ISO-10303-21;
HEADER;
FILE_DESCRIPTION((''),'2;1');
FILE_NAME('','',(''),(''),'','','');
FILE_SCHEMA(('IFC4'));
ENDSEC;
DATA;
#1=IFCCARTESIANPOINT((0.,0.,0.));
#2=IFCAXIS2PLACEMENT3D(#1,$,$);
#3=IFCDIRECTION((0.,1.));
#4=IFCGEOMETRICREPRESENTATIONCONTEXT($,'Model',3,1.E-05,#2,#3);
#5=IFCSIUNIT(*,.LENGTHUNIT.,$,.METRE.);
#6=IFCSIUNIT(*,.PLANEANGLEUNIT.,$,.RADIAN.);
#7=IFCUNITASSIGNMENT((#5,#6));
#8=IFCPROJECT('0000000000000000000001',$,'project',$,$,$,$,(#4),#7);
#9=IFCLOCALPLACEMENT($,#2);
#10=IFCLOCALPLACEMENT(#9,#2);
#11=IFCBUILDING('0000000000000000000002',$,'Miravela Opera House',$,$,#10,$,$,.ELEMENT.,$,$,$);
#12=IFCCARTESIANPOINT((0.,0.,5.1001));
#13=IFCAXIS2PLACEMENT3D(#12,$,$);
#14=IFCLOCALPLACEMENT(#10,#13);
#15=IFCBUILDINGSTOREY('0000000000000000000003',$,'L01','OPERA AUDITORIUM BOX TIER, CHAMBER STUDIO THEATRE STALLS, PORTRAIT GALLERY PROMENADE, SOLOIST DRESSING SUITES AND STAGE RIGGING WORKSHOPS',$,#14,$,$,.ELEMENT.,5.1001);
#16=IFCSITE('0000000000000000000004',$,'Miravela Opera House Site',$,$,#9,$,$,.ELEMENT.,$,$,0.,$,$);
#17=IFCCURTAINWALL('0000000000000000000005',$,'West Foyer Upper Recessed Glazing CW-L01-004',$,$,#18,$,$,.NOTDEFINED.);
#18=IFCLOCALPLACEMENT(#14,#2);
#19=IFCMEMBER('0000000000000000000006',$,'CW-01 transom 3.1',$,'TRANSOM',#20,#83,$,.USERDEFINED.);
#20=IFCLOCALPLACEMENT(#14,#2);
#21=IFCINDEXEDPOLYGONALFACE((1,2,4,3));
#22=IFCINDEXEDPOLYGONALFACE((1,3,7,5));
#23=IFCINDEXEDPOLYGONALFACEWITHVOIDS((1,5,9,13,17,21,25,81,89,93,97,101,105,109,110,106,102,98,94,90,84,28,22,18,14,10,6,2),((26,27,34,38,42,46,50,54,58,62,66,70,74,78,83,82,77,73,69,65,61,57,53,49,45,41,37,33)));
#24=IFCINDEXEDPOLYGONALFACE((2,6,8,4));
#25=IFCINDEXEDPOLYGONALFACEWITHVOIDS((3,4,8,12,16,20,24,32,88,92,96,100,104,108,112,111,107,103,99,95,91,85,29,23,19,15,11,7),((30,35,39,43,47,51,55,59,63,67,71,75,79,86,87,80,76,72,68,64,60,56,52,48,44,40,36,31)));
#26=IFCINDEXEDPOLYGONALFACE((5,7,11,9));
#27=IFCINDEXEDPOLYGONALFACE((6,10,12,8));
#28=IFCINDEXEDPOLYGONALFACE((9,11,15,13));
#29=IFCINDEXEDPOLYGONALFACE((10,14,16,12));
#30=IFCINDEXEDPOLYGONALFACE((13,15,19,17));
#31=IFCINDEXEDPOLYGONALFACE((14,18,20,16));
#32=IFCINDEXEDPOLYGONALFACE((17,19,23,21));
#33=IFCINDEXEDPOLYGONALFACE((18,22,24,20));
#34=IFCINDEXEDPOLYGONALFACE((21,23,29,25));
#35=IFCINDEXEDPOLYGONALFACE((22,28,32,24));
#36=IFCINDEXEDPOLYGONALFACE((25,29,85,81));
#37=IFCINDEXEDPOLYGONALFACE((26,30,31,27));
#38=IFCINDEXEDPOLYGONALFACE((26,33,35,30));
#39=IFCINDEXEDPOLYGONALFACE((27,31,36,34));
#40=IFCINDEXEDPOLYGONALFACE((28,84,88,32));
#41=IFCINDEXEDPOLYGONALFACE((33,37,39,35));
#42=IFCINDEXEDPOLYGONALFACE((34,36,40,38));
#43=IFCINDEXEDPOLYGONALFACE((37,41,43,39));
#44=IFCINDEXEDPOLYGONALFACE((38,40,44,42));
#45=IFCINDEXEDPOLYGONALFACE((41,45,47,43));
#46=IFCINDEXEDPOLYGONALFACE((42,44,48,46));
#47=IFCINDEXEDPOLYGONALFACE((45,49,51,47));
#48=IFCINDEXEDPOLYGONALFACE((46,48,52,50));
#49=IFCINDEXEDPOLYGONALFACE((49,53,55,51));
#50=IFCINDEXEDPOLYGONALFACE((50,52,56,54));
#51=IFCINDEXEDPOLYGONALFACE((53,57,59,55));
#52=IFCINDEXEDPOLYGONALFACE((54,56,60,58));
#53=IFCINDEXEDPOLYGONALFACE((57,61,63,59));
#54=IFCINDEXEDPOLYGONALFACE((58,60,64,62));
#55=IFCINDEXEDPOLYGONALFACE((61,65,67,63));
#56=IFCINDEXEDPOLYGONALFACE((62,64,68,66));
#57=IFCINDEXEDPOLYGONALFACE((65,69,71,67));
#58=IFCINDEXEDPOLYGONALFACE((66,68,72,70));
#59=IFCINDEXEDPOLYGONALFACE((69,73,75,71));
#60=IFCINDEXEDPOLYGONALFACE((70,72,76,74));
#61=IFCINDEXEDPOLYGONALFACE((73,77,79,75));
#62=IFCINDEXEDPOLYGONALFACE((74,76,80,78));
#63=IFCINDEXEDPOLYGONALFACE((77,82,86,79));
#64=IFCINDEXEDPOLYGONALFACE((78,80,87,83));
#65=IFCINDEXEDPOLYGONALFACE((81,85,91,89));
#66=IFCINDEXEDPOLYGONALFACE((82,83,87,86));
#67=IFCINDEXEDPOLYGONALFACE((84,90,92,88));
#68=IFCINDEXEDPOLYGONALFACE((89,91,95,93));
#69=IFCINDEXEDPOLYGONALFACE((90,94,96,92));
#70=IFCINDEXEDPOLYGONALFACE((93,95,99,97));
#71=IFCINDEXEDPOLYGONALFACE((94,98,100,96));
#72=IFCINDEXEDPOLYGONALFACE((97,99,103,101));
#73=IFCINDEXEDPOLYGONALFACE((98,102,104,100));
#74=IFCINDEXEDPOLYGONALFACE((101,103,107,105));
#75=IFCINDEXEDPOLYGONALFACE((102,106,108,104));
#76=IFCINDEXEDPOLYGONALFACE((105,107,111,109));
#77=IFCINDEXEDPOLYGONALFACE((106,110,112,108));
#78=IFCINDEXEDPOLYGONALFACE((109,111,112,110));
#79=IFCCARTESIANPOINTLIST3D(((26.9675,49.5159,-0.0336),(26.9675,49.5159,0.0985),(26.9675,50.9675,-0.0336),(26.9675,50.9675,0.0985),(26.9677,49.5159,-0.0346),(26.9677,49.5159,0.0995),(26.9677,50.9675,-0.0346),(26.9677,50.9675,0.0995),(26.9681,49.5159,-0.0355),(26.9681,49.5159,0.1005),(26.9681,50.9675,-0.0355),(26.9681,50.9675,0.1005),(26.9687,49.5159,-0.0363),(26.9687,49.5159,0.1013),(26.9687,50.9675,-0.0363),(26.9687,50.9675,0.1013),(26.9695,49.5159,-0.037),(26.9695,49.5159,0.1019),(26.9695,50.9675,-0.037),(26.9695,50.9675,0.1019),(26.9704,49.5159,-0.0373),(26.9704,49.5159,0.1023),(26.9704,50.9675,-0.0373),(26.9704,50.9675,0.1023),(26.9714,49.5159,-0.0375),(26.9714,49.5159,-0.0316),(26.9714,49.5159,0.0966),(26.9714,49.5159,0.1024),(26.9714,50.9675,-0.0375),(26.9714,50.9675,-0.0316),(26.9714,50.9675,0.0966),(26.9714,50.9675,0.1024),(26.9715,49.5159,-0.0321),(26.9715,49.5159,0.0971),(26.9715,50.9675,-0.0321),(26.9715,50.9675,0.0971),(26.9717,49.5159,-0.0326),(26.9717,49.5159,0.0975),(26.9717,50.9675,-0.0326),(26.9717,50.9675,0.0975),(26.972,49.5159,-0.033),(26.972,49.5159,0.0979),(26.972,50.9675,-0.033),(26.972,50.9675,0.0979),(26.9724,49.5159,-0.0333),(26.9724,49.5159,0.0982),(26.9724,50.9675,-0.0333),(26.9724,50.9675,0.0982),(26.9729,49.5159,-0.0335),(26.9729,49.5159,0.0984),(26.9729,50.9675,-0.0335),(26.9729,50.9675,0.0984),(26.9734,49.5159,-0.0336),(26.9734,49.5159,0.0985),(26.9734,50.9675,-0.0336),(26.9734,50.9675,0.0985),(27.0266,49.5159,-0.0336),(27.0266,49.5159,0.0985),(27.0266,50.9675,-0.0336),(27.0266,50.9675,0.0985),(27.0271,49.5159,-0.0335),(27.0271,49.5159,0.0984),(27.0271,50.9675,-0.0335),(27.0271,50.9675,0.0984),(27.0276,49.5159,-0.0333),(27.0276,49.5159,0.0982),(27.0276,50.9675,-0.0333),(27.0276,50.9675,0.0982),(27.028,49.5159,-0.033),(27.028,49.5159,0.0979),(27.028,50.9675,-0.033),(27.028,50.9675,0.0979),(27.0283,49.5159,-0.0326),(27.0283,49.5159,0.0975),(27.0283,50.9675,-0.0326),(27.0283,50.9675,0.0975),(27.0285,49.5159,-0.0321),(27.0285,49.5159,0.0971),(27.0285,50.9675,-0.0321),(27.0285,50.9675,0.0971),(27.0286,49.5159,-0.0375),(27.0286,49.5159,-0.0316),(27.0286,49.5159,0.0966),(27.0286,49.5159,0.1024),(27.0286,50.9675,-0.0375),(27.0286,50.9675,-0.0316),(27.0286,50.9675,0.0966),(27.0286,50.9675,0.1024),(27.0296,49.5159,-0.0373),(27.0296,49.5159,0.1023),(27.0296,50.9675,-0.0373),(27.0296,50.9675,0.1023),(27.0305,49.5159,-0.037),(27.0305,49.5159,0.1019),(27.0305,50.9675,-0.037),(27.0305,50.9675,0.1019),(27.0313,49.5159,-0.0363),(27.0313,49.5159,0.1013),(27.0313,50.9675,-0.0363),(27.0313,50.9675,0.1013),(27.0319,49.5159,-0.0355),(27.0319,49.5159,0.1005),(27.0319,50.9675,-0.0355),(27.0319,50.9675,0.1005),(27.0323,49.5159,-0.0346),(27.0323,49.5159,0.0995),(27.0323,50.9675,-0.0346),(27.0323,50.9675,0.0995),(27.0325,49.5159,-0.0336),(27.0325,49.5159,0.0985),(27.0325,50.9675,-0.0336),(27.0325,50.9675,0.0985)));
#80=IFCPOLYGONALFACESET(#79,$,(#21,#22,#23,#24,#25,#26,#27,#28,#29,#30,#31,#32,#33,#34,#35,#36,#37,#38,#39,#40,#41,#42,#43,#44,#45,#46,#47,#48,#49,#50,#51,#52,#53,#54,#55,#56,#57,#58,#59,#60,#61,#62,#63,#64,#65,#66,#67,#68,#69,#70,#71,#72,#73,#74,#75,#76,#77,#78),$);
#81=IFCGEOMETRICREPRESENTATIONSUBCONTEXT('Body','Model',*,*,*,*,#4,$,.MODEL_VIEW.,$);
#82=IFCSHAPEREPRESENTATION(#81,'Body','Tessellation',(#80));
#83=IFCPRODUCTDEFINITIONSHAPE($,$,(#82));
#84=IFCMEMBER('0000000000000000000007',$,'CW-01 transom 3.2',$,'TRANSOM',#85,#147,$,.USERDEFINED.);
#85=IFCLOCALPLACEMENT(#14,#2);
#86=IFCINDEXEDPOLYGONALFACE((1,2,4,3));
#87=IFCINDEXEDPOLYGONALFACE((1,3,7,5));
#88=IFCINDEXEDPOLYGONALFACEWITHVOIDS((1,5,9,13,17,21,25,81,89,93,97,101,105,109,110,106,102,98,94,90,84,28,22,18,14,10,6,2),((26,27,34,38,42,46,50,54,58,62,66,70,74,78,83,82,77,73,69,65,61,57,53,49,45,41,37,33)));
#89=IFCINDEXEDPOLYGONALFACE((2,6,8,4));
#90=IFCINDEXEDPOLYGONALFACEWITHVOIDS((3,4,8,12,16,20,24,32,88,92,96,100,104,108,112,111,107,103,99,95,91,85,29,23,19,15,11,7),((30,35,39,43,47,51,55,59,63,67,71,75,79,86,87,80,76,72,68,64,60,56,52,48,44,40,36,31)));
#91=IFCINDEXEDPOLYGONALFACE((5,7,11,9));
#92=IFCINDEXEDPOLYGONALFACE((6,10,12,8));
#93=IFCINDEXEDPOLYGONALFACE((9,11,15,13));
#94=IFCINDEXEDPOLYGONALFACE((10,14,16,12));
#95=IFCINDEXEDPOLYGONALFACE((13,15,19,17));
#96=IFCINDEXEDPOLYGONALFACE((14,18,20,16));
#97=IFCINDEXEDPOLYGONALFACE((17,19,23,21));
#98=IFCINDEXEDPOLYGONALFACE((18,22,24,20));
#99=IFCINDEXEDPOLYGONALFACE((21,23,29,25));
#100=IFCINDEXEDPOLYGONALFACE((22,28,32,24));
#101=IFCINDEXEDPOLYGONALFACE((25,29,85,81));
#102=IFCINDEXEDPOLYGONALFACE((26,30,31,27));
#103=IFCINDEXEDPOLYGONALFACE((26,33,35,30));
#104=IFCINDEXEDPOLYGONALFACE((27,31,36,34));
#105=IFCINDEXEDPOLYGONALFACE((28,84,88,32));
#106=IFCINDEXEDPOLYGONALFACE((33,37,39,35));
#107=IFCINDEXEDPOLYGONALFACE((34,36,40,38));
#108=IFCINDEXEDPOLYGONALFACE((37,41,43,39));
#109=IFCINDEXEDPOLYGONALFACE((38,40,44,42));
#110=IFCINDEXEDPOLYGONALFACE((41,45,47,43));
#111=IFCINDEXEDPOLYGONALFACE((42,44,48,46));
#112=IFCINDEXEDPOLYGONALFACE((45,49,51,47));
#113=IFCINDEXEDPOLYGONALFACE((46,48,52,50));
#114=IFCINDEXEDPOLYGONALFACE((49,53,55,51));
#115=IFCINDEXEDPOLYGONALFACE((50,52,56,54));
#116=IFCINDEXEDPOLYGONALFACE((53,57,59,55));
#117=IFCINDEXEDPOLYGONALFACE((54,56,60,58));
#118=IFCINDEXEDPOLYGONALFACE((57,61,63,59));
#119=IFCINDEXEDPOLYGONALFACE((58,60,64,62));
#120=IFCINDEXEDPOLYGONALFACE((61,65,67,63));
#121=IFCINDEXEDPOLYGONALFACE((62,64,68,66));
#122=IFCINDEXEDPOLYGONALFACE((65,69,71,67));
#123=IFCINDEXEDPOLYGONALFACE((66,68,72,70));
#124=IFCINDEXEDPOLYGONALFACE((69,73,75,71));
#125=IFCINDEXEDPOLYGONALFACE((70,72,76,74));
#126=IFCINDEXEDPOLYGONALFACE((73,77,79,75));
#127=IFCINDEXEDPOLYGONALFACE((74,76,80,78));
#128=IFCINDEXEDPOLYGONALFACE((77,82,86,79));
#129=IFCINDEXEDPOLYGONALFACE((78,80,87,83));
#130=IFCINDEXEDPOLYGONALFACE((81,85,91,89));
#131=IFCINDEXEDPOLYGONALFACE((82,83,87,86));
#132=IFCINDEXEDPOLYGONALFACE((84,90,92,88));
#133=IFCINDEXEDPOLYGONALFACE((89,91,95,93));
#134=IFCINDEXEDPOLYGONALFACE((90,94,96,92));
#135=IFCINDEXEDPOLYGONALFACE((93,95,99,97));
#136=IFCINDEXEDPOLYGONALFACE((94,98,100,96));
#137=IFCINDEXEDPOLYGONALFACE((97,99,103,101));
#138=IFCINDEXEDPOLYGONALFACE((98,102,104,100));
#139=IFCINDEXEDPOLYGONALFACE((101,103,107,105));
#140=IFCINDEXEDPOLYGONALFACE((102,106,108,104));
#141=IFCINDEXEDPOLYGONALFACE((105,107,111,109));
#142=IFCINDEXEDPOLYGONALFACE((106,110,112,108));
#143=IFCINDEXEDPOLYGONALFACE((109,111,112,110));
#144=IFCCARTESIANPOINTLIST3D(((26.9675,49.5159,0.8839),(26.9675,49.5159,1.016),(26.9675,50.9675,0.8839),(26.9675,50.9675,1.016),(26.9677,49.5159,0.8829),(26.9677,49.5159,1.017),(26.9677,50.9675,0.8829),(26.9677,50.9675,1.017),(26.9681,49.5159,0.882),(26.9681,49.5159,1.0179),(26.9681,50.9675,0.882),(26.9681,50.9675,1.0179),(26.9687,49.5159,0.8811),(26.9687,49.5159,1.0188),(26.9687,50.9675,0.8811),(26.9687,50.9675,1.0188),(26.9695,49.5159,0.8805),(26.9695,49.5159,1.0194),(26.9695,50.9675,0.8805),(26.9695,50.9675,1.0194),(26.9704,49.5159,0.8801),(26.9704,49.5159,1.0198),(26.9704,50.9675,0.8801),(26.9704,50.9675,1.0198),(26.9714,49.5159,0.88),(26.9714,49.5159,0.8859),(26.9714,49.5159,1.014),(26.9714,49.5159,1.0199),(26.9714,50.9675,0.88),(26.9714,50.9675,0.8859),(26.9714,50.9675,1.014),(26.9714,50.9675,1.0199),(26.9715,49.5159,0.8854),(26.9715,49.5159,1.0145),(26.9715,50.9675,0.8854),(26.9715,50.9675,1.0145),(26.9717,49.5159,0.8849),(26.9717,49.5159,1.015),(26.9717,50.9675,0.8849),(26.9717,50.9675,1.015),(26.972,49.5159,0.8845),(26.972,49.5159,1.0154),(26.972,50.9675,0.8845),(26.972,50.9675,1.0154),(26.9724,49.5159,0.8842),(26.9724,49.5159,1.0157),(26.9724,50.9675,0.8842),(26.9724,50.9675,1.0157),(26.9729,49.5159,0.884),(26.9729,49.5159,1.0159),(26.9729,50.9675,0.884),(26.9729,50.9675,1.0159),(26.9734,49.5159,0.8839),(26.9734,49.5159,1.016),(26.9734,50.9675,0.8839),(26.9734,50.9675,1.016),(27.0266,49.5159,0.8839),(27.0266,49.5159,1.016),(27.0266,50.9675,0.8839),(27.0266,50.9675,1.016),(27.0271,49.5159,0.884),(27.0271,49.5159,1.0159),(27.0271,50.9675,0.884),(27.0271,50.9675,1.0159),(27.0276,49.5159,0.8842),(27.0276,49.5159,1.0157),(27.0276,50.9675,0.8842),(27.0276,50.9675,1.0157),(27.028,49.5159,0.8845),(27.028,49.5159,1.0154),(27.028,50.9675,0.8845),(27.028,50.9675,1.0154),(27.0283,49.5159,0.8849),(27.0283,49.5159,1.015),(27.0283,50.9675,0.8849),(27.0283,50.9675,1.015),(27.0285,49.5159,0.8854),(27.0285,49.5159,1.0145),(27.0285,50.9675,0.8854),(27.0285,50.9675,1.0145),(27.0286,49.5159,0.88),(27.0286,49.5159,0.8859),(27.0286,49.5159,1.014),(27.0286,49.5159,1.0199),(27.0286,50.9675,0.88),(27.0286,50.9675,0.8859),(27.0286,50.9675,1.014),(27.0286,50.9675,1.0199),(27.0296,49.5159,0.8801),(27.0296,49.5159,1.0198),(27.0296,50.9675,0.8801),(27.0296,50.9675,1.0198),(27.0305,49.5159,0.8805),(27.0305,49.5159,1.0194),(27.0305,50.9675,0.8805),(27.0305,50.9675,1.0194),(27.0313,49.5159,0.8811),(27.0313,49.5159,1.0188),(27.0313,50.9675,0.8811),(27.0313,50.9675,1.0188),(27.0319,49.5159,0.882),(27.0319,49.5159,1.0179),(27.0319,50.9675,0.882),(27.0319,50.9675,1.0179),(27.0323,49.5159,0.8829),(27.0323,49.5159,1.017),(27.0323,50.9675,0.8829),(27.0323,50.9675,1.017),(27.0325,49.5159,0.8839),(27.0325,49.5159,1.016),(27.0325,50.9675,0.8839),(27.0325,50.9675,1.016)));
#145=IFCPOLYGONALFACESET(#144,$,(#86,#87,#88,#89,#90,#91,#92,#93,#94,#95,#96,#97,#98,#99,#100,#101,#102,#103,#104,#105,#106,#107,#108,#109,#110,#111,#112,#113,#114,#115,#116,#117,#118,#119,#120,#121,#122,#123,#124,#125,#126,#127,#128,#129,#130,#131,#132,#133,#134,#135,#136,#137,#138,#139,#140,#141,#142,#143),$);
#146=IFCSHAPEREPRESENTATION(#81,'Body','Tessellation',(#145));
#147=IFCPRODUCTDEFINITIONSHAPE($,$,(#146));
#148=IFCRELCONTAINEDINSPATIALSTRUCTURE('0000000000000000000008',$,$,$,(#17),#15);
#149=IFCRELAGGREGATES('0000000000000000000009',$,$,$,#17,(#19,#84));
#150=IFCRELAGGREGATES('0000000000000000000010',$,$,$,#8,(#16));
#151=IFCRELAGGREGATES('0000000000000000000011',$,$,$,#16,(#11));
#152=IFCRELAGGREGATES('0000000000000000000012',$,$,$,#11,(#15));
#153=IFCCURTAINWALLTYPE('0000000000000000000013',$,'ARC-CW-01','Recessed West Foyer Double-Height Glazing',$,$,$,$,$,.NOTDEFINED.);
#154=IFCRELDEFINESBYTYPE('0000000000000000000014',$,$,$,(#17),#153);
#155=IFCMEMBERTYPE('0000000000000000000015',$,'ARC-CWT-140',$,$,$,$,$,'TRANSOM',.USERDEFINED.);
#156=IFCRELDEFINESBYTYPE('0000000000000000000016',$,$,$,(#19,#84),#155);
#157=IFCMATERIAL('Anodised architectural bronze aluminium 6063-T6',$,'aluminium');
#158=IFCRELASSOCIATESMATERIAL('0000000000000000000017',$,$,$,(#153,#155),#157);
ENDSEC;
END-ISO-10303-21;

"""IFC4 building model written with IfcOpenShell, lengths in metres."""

from ifc_helpers import new_model, si_unit, direction, frame, origin, origin_2d, place, context, subcontext, project, spatial, hollow_rectangle, extrude, material, material_profile, profile_set, type_object, element, aggregate, save


model = new_model("IFC4")

# Units and contexts
model_context = context("Model", 3, precision=1e-05, world=origin(), true_north=direction((0.0, 1.0)))
body_context = subcontext(model_context, "Body", "Model", "MODEL_VIEW")
ifc_project = project(units=[si_unit("LENGTHUNIT", "METRE"), si_unit("PLANEANGLEUNIT", "RADIAN")], contexts=[model_context])

# Site, building, storey
site_placement = place(None, origin())
site = spatial("IfcSite", under=ifc_project, at=site_placement, Name="Miravela Opera House Site", CompositionType="ELEMENT", RefElevation=0.0)
building_placement = place(site_placement, origin())
building = spatial("IfcBuilding", under=site, at=building_placement, Name="Miravela Opera House", CompositionType="ELEMENT")
storey_placement = place(building_placement, frame((0.0, 0.0, 5.1001)))
storey = spatial("IfcBuildingStorey", under=building, at=storey_placement, Name="L01", Description="OPERA AUDITORIUM BOX TIER, CHAMBER STUDIO THEATRE STALLS, PORTRAIT GALLERY PROMENADE, SOLOIST DRESSING SUITES AND STAGE RIGGING WORKSHOPS", CompositionType="ELEMENT", Elevation=5.1001)

# Curtain wall, members
ifc_material_1 = material(Name="Anodised architectural bronze aluminium 6063-T6", Category="aluminium")
curtain_wall_type = type_object("IfcCurtainWallType", Name="ARC-CW-01", Description="Recessed West Foyer Double-Height Glazing", PredefinedType="NOTDEFINED", material=ifc_material_1)
curtain_wall_placement = place(storey_placement, origin())
curtain_wall = element("IfcCurtainWall", 1, at=curtain_wall_placement, inside=storey, type_object=curtain_wall_type, Name="West Foyer Upper Recessed Glazing CW-L01-004", PredefinedType="NOTDEFINED")
ifc_material_profile_1 = material_profile(ifc_material_1, hollow_rectangle(XDim=0.0649, YDim=0.1399, WallThickness=0.0039, InnerFilletRadius=0.002, OuterFilletRadius=0.0039, at=origin_2d()), Name="CWT-65X140")
ifc_profile_set_1 = profile_set([ifc_material_profile_1])
member_type_1 = type_object("IfcMemberType", Name="ARC-CWT-140", ElementType="TRANSOM", PredefinedType="USERDEFINED", material=ifc_profile_set_1)
member_1_placement = place(storey_placement, frame((27.0, 49.5159, 0.0325), z_axis=(0.0, 1.0, 0.0), x_axis=(-1.0, 0.0, 0.0)))
member_1 = element("IfcMember", 2, at=member_1_placement, type_object=member_type_1, Name="CW-01 transom 3.1", ObjectType="TRANSOM", PredefinedType="USERDEFINED", context=body_context, shape_type="SweptSolid", body=[
    extrude(hollow_rectangle(XDim=0.0649, YDim=0.1399, WallThickness=0.0039, InnerFilletRadius=0.002, OuterFilletRadius=0.0039, at=origin_2d()), origin(), (0.0, 0.0, 1.0), 1.4517),
])
member_2_placement = place(storey_placement, frame((27.0, 49.5159, 0.95), z_axis=(0.0, 1.0, 0.0), x_axis=(-1.0, 0.0, 0.0)))
member_2 = element("IfcMember", 3, at=member_2_placement, type_object=member_type_1, Name="CW-01 transom 3.2", ObjectType="TRANSOM", PredefinedType="USERDEFINED", context=body_context, shape_type="SweptSolid", body=[
    extrude(hollow_rectangle(XDim=0.0649, YDim=0.1399, WallThickness=0.0039, InnerFilletRadius=0.002, OuterFilletRadius=0.0039, at=origin_2d()), origin(), (0.0, 0.0, 1.0), 1.4517),
])
aggregate(curtain_wall, [member_1, member_2])

save(model, "model.ifc")
